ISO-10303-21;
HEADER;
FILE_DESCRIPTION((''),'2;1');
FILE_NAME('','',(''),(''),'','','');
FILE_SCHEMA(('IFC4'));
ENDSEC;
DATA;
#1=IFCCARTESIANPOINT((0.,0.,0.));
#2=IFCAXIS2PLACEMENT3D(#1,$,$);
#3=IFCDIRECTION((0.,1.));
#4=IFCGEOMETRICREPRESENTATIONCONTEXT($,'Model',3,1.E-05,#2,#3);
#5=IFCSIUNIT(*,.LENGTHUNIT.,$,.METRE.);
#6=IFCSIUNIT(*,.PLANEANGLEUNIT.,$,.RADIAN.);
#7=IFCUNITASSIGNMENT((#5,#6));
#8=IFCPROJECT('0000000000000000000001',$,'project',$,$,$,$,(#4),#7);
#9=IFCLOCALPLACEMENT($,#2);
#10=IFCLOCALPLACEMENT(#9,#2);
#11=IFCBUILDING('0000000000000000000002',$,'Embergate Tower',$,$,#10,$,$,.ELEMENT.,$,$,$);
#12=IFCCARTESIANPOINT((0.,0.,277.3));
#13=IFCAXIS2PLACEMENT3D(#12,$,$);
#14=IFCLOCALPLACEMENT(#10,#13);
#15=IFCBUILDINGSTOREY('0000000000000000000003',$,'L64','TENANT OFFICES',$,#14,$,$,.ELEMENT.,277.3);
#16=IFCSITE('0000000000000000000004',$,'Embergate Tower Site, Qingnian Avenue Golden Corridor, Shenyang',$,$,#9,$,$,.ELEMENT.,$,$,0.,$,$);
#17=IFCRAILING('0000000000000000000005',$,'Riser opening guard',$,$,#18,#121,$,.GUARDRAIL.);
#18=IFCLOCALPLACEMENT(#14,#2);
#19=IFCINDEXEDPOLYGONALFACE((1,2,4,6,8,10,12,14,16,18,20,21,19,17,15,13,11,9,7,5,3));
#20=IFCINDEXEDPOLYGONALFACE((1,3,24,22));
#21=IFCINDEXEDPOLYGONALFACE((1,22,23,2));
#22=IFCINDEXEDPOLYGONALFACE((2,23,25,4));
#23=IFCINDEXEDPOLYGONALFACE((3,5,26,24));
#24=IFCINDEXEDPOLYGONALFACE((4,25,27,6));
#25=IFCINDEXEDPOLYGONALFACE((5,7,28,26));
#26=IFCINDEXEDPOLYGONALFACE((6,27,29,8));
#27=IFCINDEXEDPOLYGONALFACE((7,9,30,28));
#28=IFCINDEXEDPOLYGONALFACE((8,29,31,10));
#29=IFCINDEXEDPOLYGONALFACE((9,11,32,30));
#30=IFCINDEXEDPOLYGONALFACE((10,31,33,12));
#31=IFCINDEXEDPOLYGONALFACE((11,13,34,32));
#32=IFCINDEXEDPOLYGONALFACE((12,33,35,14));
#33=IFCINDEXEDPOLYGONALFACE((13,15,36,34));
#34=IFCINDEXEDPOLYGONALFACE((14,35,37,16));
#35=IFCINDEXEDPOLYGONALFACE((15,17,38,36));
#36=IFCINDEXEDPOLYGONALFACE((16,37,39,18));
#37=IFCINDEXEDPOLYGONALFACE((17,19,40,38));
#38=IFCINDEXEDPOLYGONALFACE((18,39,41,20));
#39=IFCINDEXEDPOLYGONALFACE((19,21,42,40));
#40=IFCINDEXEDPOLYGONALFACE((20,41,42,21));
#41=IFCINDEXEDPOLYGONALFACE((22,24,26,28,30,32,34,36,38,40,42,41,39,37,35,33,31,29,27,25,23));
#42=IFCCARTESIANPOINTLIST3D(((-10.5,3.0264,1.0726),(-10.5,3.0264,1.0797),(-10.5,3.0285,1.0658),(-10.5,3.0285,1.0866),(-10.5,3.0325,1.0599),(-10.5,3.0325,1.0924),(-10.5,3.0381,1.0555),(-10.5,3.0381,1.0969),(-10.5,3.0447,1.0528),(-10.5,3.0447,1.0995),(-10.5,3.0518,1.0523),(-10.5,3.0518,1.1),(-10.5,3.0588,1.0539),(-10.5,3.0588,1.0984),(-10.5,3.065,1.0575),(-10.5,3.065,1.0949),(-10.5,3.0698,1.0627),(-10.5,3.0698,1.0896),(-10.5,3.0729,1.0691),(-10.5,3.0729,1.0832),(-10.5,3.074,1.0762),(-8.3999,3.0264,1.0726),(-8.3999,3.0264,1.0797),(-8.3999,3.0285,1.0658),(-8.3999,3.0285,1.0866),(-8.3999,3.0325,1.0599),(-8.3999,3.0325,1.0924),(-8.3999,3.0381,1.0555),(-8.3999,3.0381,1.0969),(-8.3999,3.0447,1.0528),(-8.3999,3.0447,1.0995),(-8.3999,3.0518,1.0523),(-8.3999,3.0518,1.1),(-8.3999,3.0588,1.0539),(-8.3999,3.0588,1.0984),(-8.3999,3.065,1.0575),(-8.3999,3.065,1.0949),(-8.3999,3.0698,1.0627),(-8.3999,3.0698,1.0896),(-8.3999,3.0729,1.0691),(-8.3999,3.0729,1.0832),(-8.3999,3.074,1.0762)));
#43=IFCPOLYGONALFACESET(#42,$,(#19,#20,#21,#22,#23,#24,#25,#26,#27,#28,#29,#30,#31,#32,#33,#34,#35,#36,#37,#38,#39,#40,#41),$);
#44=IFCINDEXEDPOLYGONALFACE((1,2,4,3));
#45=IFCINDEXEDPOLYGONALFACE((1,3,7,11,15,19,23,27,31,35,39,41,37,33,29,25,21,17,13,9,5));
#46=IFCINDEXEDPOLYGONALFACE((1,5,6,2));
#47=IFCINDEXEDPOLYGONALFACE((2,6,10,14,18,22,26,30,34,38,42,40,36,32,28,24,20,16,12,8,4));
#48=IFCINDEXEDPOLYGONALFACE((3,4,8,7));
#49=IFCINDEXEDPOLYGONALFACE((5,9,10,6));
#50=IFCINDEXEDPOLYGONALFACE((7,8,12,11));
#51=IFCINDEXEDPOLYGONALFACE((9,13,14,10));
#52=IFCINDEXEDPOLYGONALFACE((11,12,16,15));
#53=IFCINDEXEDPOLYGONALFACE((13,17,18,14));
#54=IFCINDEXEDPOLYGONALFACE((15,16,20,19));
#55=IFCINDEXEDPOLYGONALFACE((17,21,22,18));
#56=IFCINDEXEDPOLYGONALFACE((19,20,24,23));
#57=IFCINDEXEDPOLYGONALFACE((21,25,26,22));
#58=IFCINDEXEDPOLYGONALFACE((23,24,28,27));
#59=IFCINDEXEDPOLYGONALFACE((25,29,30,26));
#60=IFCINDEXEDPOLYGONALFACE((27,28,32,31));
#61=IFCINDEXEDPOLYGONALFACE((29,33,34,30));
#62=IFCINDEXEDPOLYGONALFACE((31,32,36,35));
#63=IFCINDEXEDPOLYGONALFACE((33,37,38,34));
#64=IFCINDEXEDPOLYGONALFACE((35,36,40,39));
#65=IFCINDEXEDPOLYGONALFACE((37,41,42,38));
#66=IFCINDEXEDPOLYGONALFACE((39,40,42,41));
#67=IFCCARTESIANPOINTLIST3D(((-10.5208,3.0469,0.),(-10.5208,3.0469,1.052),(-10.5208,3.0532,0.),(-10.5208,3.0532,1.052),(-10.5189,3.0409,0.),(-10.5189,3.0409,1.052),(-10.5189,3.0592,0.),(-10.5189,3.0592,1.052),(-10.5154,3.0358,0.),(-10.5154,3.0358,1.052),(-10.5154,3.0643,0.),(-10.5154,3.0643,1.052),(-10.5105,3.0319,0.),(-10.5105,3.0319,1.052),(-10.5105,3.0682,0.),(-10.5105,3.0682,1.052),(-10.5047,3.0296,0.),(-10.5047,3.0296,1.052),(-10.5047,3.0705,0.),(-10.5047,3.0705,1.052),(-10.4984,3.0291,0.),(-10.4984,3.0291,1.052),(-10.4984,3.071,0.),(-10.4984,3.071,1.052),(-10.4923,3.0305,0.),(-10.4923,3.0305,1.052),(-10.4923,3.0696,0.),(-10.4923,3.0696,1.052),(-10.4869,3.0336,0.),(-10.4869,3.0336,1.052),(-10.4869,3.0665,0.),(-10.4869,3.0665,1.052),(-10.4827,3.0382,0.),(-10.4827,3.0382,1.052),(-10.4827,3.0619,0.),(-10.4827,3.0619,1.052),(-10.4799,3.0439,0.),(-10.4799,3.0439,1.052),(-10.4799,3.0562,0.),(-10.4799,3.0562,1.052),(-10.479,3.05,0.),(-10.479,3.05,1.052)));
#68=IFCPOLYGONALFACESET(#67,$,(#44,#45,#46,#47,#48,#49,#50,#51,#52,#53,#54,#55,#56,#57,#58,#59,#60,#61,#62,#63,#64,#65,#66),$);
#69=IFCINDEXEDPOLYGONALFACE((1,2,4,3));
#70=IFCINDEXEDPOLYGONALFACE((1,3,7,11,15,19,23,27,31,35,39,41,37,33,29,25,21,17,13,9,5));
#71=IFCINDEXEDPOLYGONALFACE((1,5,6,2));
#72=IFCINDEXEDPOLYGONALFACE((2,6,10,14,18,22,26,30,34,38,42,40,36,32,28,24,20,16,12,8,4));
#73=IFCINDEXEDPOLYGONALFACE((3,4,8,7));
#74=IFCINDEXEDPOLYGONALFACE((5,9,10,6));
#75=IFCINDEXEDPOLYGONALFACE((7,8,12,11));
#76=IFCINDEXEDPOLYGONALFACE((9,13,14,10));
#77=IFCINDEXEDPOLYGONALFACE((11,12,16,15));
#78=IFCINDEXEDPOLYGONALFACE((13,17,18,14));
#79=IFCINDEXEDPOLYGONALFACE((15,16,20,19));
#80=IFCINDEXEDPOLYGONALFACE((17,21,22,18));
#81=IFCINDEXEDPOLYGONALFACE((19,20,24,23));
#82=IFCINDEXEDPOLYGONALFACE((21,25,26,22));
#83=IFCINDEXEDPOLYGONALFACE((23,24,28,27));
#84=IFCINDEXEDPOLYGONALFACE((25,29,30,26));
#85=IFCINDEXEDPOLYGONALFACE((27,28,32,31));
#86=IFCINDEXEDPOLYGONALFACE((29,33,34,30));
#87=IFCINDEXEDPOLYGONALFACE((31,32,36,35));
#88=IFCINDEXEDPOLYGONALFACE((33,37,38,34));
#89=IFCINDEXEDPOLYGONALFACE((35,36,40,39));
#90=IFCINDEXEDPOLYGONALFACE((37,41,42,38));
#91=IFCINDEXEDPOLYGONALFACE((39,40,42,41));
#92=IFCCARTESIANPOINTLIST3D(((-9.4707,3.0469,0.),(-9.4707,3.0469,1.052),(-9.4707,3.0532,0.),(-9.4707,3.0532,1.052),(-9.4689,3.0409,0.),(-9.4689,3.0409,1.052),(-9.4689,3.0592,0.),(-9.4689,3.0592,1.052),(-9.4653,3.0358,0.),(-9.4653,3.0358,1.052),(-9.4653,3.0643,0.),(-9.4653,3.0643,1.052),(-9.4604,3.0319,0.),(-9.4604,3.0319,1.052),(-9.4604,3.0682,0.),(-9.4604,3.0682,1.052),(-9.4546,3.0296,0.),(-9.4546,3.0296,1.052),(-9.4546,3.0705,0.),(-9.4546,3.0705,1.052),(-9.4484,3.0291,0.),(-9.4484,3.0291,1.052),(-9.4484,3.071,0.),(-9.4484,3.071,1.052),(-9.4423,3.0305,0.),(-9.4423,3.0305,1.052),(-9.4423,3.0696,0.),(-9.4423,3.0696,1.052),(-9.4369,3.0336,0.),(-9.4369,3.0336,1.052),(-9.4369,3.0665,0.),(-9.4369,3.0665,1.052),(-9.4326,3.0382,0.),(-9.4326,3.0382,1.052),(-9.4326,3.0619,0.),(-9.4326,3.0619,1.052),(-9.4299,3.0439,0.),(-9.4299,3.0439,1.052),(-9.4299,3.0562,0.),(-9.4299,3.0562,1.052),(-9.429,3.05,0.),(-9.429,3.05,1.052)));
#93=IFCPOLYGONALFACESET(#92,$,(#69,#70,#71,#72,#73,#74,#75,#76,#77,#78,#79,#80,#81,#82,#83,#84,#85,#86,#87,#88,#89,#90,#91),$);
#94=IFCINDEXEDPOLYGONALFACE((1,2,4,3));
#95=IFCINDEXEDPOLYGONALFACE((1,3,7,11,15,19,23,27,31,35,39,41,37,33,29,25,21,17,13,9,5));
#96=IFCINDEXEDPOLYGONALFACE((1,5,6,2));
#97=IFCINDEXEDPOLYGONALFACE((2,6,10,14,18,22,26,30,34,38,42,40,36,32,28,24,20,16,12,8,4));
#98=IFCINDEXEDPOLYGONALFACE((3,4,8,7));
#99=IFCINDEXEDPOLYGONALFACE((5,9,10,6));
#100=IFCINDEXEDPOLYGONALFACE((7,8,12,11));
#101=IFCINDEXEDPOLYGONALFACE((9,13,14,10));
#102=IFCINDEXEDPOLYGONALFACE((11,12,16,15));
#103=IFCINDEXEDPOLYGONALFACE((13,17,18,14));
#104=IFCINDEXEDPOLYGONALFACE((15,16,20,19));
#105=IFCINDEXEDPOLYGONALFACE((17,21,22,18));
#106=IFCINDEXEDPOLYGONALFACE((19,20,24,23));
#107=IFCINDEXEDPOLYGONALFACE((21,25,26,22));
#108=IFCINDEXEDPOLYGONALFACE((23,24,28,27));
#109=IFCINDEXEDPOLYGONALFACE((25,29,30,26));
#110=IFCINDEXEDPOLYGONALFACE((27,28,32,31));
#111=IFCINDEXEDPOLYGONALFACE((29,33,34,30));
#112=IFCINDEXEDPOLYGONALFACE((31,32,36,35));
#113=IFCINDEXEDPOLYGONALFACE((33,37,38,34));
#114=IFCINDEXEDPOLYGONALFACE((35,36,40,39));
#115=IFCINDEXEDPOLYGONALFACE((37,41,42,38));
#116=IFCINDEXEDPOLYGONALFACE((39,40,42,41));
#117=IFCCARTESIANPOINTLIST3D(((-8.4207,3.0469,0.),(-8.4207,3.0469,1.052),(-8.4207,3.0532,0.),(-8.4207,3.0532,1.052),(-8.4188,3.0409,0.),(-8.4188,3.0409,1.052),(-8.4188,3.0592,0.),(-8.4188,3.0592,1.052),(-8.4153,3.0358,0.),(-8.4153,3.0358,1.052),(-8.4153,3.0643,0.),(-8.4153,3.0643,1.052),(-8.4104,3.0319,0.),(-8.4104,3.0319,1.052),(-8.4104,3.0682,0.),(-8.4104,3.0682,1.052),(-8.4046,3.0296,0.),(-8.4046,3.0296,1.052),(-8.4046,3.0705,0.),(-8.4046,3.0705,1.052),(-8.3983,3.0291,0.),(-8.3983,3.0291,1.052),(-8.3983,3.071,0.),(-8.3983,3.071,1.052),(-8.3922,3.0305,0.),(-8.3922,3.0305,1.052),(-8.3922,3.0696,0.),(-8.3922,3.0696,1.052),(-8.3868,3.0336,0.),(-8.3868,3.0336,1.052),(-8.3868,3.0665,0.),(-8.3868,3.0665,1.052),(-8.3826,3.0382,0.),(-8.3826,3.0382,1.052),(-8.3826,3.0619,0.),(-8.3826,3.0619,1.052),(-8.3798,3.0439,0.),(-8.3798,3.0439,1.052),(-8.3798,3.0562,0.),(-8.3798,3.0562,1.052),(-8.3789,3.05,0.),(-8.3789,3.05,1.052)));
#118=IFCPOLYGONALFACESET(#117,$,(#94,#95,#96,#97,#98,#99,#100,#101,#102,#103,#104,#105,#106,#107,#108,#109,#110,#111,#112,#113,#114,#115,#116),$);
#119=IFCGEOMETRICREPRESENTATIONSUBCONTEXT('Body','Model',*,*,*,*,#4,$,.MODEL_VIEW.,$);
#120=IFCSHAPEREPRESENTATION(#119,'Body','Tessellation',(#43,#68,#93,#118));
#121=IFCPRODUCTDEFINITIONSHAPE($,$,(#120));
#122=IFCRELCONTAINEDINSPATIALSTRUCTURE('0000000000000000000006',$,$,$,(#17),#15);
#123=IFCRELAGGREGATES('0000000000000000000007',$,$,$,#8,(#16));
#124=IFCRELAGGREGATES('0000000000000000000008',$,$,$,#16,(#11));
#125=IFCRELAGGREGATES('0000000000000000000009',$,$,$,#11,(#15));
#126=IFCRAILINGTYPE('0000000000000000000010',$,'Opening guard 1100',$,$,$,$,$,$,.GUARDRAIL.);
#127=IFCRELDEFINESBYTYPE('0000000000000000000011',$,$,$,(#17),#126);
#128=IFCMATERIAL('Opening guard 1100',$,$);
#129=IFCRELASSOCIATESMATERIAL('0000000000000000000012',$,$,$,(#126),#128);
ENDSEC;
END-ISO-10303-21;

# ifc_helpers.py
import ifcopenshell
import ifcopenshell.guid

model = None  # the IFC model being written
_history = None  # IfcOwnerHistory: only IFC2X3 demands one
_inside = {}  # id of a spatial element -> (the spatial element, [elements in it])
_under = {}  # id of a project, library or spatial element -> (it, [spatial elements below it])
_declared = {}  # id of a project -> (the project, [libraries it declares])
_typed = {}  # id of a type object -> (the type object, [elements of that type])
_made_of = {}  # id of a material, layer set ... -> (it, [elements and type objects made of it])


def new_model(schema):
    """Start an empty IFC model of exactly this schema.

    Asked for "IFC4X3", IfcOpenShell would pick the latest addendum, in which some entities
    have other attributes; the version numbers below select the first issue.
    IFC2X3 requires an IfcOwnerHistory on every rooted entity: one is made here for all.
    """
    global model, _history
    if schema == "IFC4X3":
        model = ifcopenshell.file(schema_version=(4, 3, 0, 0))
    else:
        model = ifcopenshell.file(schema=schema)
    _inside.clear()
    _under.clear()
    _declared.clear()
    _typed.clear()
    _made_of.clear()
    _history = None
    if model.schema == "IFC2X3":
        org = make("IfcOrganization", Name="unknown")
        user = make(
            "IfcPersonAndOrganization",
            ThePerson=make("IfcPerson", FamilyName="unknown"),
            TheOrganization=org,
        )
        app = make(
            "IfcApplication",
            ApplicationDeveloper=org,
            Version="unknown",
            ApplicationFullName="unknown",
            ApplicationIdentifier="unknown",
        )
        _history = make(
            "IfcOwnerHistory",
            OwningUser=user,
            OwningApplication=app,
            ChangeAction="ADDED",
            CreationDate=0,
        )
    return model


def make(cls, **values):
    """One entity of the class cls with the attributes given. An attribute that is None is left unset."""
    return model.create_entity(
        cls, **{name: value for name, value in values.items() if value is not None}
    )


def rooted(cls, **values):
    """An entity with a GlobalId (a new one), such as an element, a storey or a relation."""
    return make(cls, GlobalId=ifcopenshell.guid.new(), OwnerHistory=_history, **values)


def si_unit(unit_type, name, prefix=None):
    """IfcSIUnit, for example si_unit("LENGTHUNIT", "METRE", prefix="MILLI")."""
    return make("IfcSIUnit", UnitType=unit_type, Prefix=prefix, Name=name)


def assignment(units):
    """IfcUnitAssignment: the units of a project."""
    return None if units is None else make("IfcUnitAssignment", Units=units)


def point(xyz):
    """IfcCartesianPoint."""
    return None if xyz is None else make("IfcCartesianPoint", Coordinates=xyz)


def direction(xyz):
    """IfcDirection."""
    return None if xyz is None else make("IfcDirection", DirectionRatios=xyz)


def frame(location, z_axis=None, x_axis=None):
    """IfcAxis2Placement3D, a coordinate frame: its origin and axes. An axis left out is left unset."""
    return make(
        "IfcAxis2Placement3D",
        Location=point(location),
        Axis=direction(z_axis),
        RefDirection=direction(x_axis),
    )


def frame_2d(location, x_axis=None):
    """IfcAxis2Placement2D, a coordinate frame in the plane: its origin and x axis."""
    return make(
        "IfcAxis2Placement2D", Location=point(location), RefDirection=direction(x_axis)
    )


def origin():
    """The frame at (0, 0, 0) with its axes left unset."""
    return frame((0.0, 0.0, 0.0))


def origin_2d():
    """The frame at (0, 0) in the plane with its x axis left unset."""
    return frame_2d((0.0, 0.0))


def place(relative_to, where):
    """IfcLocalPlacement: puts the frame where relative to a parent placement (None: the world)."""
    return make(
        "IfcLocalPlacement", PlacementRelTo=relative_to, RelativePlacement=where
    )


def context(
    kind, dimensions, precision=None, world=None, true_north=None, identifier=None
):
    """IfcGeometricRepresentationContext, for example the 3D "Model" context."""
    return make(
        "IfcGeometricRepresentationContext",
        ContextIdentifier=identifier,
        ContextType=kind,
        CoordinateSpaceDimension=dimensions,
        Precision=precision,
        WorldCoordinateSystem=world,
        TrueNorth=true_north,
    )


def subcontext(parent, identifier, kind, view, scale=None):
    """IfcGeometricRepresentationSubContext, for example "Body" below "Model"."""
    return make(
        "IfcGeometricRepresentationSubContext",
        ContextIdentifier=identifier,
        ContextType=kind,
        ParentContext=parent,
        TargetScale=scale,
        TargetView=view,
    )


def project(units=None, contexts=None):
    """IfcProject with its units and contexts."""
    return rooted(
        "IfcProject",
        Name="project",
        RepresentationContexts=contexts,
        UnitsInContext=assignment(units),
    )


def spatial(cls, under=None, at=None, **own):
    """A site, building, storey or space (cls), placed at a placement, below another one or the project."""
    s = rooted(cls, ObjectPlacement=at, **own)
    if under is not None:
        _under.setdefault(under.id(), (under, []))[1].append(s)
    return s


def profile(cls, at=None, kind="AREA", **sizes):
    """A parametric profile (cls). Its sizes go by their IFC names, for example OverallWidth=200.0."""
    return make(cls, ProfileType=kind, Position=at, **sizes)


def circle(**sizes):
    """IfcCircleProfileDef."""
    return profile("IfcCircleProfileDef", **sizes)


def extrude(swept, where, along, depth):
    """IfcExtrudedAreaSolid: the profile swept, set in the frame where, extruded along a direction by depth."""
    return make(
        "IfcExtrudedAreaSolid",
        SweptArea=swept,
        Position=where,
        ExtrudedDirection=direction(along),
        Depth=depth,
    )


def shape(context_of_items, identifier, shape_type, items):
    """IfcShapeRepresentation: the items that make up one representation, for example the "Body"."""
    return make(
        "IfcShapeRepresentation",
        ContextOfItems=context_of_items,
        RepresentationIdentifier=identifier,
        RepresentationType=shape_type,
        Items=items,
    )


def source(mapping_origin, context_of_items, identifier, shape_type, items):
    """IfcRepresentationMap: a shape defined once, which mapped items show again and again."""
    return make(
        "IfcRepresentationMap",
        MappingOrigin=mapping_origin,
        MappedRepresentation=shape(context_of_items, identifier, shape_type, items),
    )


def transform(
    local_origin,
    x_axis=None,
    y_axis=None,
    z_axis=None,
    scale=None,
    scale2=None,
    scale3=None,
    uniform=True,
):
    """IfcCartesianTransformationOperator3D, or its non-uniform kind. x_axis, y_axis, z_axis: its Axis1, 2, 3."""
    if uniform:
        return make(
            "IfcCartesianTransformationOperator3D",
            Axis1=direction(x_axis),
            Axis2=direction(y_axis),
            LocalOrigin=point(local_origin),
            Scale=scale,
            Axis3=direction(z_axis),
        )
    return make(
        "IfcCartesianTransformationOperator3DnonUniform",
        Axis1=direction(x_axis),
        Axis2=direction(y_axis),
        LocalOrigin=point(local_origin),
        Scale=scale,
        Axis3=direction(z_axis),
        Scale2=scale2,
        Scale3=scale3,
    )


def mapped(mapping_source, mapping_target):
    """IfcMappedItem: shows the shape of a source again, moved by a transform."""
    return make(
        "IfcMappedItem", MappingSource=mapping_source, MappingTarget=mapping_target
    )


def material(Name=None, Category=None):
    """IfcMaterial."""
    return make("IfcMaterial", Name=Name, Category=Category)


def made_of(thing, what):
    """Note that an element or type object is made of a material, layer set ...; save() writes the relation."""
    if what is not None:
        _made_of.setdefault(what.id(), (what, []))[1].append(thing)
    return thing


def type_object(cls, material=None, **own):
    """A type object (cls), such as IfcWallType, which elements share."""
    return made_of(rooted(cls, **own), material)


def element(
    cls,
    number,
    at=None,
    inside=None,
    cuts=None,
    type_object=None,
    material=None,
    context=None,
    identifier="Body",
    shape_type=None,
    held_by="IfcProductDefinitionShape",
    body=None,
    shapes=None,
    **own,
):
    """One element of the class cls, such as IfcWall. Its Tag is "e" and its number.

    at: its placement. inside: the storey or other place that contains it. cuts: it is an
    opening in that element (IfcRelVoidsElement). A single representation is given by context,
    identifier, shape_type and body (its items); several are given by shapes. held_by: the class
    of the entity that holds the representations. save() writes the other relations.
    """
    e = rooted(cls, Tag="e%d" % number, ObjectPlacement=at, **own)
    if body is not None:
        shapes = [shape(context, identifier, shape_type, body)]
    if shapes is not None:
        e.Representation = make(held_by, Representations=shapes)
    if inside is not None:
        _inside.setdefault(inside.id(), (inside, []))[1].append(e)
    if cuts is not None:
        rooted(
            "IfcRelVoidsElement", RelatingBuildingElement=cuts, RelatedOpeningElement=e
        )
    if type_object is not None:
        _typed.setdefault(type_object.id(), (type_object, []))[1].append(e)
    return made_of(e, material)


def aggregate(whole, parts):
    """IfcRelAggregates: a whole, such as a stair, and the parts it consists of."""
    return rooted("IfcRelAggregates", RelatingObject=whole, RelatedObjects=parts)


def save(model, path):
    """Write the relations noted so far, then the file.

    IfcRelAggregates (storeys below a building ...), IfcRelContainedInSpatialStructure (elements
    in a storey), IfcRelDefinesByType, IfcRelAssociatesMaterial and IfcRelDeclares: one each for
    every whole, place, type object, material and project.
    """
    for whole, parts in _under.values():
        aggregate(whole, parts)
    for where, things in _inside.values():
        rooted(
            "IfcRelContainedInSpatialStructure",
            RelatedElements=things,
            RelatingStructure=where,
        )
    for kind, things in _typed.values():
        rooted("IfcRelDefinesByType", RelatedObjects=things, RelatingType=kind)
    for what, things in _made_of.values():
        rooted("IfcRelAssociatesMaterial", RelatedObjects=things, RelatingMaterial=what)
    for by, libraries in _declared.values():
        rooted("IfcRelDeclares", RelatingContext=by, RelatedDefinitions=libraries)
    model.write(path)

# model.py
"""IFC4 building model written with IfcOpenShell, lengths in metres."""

from ifc_helpers import new_model, si_unit, direction, frame, origin, origin_2d, place, context, subcontext, project, spatial, circle, extrude, source, transform, mapped, material, type_object, element, save


model = new_model("IFC4")

# Units and contexts
model_context = context("Model", 3, precision=1e-05, world=origin(), true_north=direction((0.0, 1.0)))
body_context = subcontext(model_context, "Body", "Model", "MODEL_VIEW")
ifc_project = project(units=[si_unit("LENGTHUNIT", "METRE"), si_unit("PLANEANGLEUNIT", "RADIAN")], contexts=[model_context])

# Site, building, storey
site_placement = place(None, origin())
site = spatial("IfcSite", under=ifc_project, at=site_placement, Name="Embergate Tower Site, Qingnian Avenue Golden Corridor, Shenyang", CompositionType="ELEMENT", RefElevation=0.0)
building_placement = place(site_placement, origin())
building = spatial("IfcBuilding", under=site, at=building_placement, Name="Embergate Tower", CompositionType="ELEMENT")
storey_placement = place(building_placement, frame((0.0, 0.0, 277.3)))
storey = spatial("IfcBuildingStorey", under=building, at=storey_placement, Name="L64", Description="TENANT OFFICES", CompositionType="ELEMENT", Elevation=277.3)

# Railing
ifc_material_1 = material(Name="Opening guard 1100")
railing_type = type_object("IfcRailingType", Name="Opening guard 1100", PredefinedType="GUARDRAIL", material=ifc_material_1)
shared_shape_1 = source(origin(), body_context, "Body", "SweptSolid", [
    extrude(circle(Radius=0.0239, at=origin_2d()), frame((0.0, 0.0, 1.0762), z_axis=(1.0, 0.0, 0.0), x_axis=(0.0, 1.0, 0.0)), (0.0, 0.0, 1.0), 2.1001),
    extrude(circle(Radius=0.021, at=origin_2d()), origin(), (0.0, 0.0, 1.0), 1.052),
    extrude(circle(Radius=0.021, at=origin_2d()), frame((1.05, 0.0, 0.0)), (0.0, 0.0, 1.0), 1.052),
    extrude(circle(Radius=0.021, at=origin_2d()), frame((2.1001, 0.0, 0.0)), (0.0, 0.0, 1.0), 1.052),
])
railing_1_placement = place(storey_placement, frame((-10.5, 3.05, 0.0)))
element("IfcRailing", 1, at=railing_1_placement, inside=storey, type_object=railing_type, Name="Riser opening guard", PredefinedType="GUARDRAIL", context=body_context, shape_type="MappedRepresentation", body=[
    mapped(shared_shape_1, transform((0.0, 0.0, 0.0))),
])

save(model, "model.ifc")
